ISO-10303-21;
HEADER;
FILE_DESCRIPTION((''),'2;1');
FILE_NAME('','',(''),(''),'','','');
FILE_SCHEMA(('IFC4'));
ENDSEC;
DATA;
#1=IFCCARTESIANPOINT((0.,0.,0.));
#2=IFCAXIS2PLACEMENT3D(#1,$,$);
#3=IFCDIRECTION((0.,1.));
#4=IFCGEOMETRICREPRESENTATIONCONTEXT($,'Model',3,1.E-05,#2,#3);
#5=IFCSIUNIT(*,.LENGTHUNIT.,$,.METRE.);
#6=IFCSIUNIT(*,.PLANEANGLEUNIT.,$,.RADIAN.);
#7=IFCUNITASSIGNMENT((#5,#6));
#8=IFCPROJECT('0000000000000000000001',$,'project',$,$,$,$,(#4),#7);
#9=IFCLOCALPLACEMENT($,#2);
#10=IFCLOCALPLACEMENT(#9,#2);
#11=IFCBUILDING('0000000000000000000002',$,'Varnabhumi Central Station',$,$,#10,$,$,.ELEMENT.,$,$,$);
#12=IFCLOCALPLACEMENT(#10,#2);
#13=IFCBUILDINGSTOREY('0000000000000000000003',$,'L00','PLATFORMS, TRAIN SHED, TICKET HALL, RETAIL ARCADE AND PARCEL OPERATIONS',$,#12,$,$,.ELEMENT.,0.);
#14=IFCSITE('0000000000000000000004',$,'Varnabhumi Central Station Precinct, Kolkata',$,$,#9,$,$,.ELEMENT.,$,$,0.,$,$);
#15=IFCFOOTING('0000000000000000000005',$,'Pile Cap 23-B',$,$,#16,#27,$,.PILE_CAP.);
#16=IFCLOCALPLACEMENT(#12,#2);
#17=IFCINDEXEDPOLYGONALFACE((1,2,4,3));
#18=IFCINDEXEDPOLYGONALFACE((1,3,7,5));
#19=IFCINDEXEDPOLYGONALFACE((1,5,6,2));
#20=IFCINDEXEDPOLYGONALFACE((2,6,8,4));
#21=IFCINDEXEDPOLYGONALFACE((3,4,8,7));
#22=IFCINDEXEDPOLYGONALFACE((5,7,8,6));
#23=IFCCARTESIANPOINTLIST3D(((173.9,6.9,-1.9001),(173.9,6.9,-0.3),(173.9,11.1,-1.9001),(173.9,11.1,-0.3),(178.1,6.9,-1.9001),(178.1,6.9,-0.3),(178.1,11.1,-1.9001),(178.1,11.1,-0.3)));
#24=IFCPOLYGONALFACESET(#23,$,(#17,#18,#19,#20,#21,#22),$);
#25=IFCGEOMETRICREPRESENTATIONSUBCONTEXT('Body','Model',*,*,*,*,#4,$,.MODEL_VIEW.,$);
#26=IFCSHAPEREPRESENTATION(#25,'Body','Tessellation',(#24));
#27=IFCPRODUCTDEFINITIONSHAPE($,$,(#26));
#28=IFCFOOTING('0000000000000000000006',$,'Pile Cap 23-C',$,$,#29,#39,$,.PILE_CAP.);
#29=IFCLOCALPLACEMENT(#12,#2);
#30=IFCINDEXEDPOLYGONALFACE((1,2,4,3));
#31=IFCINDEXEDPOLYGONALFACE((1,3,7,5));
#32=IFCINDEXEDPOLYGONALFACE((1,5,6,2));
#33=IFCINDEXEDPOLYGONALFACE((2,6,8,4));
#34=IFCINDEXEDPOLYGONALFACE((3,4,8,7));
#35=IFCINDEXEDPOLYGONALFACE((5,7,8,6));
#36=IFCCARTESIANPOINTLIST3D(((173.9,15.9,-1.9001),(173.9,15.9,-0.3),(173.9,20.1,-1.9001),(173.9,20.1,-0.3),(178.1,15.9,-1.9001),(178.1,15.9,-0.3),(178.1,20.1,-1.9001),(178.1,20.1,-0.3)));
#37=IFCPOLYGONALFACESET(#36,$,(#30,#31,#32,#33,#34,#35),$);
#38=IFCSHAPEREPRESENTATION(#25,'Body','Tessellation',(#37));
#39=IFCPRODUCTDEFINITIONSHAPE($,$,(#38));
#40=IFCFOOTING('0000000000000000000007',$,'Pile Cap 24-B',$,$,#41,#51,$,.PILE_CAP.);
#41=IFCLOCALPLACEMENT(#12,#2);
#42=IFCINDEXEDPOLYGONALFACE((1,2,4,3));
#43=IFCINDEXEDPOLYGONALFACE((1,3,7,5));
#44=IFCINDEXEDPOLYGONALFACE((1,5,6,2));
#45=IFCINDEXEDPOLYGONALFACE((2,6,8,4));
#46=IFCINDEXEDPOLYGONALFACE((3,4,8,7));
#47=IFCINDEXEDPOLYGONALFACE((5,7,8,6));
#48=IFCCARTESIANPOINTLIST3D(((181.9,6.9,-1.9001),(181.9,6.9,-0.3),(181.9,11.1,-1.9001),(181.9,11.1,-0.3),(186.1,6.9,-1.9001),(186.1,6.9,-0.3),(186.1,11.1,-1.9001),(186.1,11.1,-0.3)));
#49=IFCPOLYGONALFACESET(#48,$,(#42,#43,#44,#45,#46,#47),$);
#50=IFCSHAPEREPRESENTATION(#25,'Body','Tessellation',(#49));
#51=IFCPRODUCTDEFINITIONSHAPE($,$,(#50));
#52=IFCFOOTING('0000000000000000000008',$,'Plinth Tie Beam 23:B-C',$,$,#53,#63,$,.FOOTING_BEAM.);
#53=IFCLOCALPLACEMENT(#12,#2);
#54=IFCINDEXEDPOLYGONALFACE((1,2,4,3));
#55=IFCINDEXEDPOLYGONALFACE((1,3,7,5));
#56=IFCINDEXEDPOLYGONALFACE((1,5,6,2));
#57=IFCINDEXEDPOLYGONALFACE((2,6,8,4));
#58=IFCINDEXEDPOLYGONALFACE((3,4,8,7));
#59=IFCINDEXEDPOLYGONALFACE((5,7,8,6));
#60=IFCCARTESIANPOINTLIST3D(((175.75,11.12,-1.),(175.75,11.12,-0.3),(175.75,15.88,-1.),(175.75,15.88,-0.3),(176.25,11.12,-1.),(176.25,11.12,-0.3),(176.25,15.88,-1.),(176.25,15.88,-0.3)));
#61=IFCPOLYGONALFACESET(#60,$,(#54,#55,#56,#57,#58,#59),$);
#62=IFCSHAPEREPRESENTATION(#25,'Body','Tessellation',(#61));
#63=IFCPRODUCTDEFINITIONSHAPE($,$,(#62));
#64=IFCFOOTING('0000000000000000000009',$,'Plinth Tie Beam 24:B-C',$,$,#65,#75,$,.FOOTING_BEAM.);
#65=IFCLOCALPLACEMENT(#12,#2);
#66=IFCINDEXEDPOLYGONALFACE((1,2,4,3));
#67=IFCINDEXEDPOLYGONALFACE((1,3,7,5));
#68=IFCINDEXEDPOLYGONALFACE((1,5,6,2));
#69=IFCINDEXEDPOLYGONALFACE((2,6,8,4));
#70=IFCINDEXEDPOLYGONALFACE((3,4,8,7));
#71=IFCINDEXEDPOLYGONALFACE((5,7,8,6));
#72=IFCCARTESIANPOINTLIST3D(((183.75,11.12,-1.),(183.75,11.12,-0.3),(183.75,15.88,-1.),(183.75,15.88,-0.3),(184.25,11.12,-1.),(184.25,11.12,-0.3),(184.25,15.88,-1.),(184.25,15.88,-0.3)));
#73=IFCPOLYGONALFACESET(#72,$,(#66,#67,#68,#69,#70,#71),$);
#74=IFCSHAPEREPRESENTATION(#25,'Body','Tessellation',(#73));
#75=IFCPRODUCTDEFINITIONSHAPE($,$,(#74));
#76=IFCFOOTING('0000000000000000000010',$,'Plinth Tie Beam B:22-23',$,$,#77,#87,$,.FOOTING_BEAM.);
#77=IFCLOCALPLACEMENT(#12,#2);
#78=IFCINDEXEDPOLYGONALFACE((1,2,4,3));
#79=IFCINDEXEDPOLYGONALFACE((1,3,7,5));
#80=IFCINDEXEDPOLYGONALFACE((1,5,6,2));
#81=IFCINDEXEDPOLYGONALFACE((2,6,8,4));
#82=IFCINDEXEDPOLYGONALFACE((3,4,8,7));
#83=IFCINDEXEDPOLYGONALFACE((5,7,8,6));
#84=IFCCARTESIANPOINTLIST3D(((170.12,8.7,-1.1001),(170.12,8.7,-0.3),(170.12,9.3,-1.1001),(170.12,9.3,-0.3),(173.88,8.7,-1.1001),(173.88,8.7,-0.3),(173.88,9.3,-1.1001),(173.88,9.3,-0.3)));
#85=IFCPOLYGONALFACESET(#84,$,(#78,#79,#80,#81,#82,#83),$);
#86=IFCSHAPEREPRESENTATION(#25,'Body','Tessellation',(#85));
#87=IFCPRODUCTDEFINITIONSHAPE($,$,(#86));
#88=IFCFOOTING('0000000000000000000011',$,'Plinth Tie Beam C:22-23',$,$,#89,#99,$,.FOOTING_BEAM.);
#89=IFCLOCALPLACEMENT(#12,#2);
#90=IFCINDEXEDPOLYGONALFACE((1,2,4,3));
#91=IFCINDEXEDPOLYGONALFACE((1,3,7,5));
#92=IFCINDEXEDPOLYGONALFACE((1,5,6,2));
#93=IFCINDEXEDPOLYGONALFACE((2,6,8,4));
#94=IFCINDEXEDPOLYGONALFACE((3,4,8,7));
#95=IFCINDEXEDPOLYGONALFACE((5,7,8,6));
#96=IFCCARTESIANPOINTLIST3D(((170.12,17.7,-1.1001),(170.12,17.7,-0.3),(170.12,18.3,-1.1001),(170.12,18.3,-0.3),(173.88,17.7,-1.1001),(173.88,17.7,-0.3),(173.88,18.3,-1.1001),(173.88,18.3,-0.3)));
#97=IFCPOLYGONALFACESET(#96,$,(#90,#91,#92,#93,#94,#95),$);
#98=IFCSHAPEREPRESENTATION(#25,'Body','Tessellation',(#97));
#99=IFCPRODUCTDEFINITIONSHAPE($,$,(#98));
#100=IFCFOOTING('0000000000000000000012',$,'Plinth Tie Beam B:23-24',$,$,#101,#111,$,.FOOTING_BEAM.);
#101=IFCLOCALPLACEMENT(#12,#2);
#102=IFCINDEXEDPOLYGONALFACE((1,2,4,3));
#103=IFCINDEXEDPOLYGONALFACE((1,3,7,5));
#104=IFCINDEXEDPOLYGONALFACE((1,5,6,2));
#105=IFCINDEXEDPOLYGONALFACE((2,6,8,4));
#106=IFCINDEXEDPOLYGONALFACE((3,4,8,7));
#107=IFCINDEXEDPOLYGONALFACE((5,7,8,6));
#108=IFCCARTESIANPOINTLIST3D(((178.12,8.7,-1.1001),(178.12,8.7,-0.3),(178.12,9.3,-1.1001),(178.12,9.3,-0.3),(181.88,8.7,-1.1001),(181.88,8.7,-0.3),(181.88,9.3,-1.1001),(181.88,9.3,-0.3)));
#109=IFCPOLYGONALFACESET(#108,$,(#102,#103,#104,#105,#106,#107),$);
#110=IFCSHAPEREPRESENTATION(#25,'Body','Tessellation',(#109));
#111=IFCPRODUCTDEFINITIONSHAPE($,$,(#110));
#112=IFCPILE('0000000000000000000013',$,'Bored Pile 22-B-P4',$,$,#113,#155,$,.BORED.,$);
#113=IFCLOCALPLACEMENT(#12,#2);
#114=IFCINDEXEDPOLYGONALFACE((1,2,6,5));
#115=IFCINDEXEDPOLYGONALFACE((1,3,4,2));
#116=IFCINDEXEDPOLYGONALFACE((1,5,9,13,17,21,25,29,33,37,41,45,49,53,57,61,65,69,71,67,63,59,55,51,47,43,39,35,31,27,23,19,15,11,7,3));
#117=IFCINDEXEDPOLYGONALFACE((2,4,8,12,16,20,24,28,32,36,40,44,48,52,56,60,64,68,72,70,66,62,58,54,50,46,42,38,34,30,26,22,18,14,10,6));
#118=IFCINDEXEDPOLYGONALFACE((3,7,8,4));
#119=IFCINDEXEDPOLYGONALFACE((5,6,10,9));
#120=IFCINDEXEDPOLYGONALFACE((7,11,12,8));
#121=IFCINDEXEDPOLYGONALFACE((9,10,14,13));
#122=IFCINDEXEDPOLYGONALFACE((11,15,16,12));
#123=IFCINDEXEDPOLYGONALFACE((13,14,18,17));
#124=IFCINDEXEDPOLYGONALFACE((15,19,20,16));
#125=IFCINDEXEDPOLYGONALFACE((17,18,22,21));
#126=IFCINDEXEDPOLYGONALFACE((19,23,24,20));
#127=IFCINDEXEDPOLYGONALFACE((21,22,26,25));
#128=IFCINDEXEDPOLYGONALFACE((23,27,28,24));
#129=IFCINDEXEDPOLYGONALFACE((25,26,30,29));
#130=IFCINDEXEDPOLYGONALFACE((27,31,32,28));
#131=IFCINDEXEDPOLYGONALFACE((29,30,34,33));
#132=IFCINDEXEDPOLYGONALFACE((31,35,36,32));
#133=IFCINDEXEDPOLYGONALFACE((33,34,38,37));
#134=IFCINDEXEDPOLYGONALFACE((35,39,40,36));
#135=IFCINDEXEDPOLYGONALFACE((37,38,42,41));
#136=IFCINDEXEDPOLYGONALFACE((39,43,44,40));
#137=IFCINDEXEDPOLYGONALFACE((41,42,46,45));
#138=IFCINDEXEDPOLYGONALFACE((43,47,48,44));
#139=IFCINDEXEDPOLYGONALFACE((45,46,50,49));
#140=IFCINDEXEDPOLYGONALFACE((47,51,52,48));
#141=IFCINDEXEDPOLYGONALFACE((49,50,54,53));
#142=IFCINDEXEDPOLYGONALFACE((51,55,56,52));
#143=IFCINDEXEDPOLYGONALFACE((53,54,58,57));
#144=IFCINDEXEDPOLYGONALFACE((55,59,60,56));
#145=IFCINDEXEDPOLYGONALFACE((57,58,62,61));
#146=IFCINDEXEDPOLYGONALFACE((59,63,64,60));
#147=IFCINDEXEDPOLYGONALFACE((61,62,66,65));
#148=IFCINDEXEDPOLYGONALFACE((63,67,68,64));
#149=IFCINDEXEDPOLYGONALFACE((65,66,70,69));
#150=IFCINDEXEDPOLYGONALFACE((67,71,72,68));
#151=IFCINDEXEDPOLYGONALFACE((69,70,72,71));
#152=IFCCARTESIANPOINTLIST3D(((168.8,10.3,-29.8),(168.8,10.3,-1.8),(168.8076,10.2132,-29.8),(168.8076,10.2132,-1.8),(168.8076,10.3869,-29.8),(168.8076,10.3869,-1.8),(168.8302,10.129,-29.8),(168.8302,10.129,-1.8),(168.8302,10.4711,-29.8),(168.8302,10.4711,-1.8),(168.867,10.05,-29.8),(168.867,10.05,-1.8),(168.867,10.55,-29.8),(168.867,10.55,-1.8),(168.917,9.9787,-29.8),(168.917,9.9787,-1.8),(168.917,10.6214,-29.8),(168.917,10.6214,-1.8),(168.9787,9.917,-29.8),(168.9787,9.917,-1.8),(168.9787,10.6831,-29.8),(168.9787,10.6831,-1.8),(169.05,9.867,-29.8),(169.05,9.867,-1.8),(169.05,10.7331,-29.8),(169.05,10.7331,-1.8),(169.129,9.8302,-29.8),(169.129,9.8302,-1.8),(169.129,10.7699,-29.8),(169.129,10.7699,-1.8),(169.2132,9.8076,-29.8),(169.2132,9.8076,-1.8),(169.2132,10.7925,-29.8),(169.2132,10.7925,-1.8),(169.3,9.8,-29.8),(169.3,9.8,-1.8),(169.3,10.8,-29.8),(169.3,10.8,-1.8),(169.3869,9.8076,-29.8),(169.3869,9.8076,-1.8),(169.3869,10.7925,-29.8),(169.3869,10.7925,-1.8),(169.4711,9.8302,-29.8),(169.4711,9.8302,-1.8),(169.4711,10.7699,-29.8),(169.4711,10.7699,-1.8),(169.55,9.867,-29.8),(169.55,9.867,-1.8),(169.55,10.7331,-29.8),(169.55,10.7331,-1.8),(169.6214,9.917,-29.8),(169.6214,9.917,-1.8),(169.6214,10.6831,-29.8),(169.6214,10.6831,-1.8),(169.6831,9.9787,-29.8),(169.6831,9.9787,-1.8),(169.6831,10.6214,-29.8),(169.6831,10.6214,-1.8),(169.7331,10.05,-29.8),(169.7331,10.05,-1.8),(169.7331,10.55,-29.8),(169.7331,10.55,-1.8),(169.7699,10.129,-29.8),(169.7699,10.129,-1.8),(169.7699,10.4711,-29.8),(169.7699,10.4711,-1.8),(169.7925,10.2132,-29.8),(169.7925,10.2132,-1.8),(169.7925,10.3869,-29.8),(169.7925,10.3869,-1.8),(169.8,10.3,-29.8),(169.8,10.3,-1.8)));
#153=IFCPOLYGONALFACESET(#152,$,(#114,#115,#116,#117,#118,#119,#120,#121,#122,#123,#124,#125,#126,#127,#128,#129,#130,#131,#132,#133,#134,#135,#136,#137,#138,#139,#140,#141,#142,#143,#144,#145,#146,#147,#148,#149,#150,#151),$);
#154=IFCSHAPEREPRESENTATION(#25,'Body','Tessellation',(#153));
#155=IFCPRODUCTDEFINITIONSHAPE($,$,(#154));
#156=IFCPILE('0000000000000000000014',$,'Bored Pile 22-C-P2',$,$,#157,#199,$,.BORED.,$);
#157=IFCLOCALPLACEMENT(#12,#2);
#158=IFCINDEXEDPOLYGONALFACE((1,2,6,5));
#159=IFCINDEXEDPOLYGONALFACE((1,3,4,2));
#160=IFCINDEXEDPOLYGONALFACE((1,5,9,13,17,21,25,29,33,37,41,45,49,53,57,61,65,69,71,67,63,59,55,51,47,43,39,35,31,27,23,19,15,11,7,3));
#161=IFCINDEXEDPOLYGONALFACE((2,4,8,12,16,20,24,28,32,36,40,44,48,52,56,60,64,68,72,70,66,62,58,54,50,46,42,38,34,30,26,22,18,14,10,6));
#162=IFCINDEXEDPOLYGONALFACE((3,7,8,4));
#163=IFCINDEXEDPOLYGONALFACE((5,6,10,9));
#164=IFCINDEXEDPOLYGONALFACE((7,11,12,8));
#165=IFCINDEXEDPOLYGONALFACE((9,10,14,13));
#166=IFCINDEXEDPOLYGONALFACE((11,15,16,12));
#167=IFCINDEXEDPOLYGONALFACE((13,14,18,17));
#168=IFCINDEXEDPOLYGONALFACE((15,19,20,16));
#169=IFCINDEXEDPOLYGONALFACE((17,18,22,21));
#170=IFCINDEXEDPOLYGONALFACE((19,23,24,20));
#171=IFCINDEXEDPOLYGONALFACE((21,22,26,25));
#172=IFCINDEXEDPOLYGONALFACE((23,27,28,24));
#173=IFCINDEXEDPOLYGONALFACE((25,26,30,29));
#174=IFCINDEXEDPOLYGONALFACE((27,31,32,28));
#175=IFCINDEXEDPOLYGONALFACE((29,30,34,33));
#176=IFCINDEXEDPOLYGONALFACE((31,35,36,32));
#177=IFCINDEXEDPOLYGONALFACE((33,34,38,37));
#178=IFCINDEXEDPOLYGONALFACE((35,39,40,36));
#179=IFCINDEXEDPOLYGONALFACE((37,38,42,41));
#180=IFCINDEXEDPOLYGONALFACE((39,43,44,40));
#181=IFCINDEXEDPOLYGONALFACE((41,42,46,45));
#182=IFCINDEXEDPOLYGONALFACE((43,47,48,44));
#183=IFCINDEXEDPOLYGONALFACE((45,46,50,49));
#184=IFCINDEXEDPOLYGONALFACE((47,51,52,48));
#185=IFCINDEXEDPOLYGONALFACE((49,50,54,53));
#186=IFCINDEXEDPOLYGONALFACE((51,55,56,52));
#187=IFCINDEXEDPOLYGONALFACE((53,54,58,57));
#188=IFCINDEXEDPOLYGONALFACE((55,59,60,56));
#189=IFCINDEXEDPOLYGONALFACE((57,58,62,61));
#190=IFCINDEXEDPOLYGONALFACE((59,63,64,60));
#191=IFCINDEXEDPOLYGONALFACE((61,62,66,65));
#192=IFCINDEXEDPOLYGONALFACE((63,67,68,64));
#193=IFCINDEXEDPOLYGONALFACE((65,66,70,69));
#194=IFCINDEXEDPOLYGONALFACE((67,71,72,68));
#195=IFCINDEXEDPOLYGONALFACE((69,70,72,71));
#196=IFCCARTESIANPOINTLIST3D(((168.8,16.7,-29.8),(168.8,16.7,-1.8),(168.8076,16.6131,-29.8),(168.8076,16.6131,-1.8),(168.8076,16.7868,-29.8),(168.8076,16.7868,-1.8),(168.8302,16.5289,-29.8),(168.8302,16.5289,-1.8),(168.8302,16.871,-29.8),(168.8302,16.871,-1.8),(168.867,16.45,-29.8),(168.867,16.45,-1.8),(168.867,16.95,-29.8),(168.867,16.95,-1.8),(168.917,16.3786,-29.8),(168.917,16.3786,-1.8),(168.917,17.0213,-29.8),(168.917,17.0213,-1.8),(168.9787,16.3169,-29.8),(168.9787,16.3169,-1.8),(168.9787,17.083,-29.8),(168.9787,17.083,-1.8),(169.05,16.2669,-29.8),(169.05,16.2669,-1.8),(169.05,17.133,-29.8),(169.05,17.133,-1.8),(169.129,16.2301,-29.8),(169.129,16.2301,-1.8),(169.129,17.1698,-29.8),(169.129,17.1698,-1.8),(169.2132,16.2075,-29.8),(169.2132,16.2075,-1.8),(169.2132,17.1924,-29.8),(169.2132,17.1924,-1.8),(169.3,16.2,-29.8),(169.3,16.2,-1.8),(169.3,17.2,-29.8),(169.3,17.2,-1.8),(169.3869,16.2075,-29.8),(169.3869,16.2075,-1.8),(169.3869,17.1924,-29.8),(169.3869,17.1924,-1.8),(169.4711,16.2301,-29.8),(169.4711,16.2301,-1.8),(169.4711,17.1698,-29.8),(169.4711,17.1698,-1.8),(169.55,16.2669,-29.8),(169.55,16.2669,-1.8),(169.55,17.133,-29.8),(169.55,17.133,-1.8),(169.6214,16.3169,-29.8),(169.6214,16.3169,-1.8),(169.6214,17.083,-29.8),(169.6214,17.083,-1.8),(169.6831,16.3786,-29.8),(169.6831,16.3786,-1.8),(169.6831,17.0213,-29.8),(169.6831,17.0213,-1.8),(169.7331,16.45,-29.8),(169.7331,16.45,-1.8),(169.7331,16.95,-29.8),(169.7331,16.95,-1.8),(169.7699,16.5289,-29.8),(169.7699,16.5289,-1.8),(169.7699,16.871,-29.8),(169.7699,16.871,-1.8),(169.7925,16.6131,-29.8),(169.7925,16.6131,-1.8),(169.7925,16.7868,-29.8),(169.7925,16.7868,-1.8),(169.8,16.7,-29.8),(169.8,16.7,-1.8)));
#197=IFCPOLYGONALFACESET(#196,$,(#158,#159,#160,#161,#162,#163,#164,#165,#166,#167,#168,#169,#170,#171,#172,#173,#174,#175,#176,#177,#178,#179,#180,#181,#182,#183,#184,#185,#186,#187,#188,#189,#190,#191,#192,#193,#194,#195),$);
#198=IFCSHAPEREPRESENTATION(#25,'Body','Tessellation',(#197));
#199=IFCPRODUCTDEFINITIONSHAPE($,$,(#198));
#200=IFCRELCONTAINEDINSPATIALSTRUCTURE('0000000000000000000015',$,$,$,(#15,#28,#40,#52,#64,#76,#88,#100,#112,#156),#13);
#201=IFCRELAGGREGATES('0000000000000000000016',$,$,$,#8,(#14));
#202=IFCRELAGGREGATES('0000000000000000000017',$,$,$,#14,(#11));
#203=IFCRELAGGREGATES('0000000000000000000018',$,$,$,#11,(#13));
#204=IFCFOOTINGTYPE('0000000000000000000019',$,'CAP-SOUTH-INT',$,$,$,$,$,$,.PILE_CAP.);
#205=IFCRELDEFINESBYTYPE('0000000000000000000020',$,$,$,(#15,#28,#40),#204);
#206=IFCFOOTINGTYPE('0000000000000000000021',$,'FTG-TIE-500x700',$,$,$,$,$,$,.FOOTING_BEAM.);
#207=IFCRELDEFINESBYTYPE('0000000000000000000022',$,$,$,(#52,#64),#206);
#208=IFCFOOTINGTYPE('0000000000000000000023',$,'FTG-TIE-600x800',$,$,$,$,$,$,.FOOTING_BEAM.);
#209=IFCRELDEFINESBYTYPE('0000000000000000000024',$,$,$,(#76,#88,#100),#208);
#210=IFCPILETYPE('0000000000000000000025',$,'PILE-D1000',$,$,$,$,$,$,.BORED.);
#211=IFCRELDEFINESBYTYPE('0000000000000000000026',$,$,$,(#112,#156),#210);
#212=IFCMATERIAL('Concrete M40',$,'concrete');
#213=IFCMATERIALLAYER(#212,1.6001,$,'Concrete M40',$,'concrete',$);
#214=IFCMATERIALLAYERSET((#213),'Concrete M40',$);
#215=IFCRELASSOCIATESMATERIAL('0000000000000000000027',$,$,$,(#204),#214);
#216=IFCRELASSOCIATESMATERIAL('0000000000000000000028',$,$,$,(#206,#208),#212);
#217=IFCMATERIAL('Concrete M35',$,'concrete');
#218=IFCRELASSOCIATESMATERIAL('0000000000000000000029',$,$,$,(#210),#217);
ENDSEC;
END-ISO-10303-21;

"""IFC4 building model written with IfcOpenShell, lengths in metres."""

from ifc_helpers import new_model, si_unit, direction, frame, origin, origin_2d, place, context, subcontext, project, spatial, rectangle, circle, extrude, material, layer, layer_set, material_profile, profile_set, type_object, element, save


model = new_model("IFC4")

# Units and contexts
model_context = context("Model", 3, precision=1e-05, world=origin(), true_north=direction((0.0, 1.0)))
body_context = subcontext(model_context, "Body", "Model", "MODEL_VIEW")
ifc_project = project(units=[si_unit("LENGTHUNIT", "METRE"), si_unit("PLANEANGLEUNIT", "RADIAN")], contexts=[model_context])

# Site, building, storey
site_placement = place(None, origin())
site = spatial("IfcSite", under=ifc_project, at=site_placement, Name="Varnabhumi Central Station Precinct, Kolkata", CompositionType="ELEMENT", RefElevation=0.0)
building_placement = place(site_placement, origin())
building = spatial("IfcBuilding", under=site, at=building_placement, Name="Varnabhumi Central Station", CompositionType="ELEMENT")
storey_placement = place(building_placement, origin())
storey = spatial("IfcBuildingStorey", under=building, at=storey_placement, Name="L00", Description="PLATFORMS, TRAIN SHED, TICKET HALL, RETAIL ARCADE AND PARCEL OPERATIONS", CompositionType="ELEMENT", Elevation=0.0)

# Footings
ifc_material_1 = material(Name="Concrete M40", Category="concrete")
ifc_layer_1 = layer(ifc_material_1, 1.6001, Name="Concrete M40", Category="concrete")
ifc_layer_set_1 = layer_set([ifc_layer_1], Name="Concrete M40")
footing_type_1 = type_object("IfcFootingType", Name="CAP-SOUTH-INT", PredefinedType="PILE_CAP", material=ifc_layer_set_1)
for number, where, z_axis, x_axis, name in (
    (1, (176.0, 9.0, -1.9001), (0.0, 0.0, 1.0), (1.0, 0.0, 0.0), "Pile Cap 23-B"),
    (2, (176.0, 18.0, -1.9001), (0.0, 0.0, 1.0), (1.0, 0.0, 0.0), "Pile Cap 23-C"),
    (3, (184.0, 9.0, -1.9001), (0.0, 0.0, 1.0), (1.0, 0.0, 0.0), "Pile Cap 24-B"),
):
    element("IfcFooting", number, at=place(storey_placement, frame(where, z_axis=z_axis, x_axis=x_axis)), inside=storey, type_object=footing_type_1, Name=name, PredefinedType="PILE_CAP", context=body_context, shape_type="SweptSolid", body=[
        extrude(rectangle(XDim=4.2, YDim=4.2, at=origin_2d()), origin(), (0.0, 0.0, 1.0), 1.6001),
    ])
footing_type_2 = type_object("IfcFootingType", Name="FTG-TIE-500x700", PredefinedType="FOOTING_BEAM", material=ifc_material_1)
for number, where, z_axis, x_axis, name in (
    (4, (176.0, 13.5, -1.0), (0.0, 0.0, 1.0), (1.0, 0.0, 0.0), "Plinth Tie Beam 23:B-C"),
    (5, (184.0, 13.5, -1.0), (0.0, 0.0, 1.0), (1.0, 0.0, 0.0), "Plinth Tie Beam 24:B-C"),
):
    element("IfcFooting", number, at=place(storey_placement, frame(where, z_axis=z_axis, x_axis=x_axis)), inside=storey, type_object=footing_type_2, Name=name, PredefinedType="FOOTING_BEAM", context=body_context, shape_type="SweptSolid", body=[
        extrude(rectangle(XDim=0.5, YDim=4.76, at=origin_2d()), origin(), (0.0, 0.0, 1.0), 0.7),
    ])
footing_type_3 = type_object("IfcFootingType", Name="FTG-TIE-600x800", PredefinedType="FOOTING_BEAM", material=ifc_material_1)
for number, where, z_axis, x_axis, name in (
    (6, (172.0, 9.0, -1.1001), (0.0, 0.0, 1.0), (1.0, 0.0, 0.0), "Plinth Tie Beam B:22-23"),
    (7, (172.0, 18.0, -1.1001), (0.0, 0.0, 1.0), (1.0, 0.0, 0.0), "Plinth Tie Beam C:22-23"),
    (8, (180.0, 9.0, -1.1001), (0.0, 0.0, 1.0), (1.0, 0.0, 0.0), "Plinth Tie Beam B:23-24"),
):
    element("IfcFooting", number, at=place(storey_placement, frame(where, z_axis=z_axis, x_axis=x_axis)), inside=storey, type_object=footing_type_3, Name=name, PredefinedType="FOOTING_BEAM", context=body_context, shape_type="SweptSolid", body=[
        extrude(rectangle(XDim=3.76, YDim=0.6001, at=origin_2d()), origin(), (0.0, 0.0, 1.0), 0.8),
    ])

# Piles
ifc_material_2 = material(Name="Concrete M35", Category="concrete")
ifc_material_profile_1 = material_profile(ifc_material_2, circle(Radius=0.5, at=origin_2d()), Name="Concrete M35", Category="concrete")
ifc_profile_set_1 = profile_set([ifc_material_profile_1], Name="Concrete M35")
pile_type = type_object("IfcPileType", Name="PILE-D1000", PredefinedType="BORED", material=ifc_profile_set_1)
for number, where, z_axis, x_axis, name in (
    (9, (169.3, 10.3, -1.8), (0.0, 0.0, -1.0), (1.0, 0.0, 0.0), "Bored Pile 22-B-P4"),
    (10, (169.3, 16.7, -1.8), (0.0, 0.0, -1.0), (1.0, 0.0, 0.0), "Bored Pile 22-C-P2"),
):
    element("IfcPile", number, at=place(storey_placement, frame(where, z_axis=z_axis, x_axis=x_axis)), inside=storey, type_object=pile_type, Name=name, PredefinedType="BORED", context=body_context, shape_type="SweptSolid", body=[
        extrude(circle(Radius=0.5, at=origin_2d()), origin(), (0.0, 0.0, 1.0), 28.0),
    ])

save(model, "model.ifc")
